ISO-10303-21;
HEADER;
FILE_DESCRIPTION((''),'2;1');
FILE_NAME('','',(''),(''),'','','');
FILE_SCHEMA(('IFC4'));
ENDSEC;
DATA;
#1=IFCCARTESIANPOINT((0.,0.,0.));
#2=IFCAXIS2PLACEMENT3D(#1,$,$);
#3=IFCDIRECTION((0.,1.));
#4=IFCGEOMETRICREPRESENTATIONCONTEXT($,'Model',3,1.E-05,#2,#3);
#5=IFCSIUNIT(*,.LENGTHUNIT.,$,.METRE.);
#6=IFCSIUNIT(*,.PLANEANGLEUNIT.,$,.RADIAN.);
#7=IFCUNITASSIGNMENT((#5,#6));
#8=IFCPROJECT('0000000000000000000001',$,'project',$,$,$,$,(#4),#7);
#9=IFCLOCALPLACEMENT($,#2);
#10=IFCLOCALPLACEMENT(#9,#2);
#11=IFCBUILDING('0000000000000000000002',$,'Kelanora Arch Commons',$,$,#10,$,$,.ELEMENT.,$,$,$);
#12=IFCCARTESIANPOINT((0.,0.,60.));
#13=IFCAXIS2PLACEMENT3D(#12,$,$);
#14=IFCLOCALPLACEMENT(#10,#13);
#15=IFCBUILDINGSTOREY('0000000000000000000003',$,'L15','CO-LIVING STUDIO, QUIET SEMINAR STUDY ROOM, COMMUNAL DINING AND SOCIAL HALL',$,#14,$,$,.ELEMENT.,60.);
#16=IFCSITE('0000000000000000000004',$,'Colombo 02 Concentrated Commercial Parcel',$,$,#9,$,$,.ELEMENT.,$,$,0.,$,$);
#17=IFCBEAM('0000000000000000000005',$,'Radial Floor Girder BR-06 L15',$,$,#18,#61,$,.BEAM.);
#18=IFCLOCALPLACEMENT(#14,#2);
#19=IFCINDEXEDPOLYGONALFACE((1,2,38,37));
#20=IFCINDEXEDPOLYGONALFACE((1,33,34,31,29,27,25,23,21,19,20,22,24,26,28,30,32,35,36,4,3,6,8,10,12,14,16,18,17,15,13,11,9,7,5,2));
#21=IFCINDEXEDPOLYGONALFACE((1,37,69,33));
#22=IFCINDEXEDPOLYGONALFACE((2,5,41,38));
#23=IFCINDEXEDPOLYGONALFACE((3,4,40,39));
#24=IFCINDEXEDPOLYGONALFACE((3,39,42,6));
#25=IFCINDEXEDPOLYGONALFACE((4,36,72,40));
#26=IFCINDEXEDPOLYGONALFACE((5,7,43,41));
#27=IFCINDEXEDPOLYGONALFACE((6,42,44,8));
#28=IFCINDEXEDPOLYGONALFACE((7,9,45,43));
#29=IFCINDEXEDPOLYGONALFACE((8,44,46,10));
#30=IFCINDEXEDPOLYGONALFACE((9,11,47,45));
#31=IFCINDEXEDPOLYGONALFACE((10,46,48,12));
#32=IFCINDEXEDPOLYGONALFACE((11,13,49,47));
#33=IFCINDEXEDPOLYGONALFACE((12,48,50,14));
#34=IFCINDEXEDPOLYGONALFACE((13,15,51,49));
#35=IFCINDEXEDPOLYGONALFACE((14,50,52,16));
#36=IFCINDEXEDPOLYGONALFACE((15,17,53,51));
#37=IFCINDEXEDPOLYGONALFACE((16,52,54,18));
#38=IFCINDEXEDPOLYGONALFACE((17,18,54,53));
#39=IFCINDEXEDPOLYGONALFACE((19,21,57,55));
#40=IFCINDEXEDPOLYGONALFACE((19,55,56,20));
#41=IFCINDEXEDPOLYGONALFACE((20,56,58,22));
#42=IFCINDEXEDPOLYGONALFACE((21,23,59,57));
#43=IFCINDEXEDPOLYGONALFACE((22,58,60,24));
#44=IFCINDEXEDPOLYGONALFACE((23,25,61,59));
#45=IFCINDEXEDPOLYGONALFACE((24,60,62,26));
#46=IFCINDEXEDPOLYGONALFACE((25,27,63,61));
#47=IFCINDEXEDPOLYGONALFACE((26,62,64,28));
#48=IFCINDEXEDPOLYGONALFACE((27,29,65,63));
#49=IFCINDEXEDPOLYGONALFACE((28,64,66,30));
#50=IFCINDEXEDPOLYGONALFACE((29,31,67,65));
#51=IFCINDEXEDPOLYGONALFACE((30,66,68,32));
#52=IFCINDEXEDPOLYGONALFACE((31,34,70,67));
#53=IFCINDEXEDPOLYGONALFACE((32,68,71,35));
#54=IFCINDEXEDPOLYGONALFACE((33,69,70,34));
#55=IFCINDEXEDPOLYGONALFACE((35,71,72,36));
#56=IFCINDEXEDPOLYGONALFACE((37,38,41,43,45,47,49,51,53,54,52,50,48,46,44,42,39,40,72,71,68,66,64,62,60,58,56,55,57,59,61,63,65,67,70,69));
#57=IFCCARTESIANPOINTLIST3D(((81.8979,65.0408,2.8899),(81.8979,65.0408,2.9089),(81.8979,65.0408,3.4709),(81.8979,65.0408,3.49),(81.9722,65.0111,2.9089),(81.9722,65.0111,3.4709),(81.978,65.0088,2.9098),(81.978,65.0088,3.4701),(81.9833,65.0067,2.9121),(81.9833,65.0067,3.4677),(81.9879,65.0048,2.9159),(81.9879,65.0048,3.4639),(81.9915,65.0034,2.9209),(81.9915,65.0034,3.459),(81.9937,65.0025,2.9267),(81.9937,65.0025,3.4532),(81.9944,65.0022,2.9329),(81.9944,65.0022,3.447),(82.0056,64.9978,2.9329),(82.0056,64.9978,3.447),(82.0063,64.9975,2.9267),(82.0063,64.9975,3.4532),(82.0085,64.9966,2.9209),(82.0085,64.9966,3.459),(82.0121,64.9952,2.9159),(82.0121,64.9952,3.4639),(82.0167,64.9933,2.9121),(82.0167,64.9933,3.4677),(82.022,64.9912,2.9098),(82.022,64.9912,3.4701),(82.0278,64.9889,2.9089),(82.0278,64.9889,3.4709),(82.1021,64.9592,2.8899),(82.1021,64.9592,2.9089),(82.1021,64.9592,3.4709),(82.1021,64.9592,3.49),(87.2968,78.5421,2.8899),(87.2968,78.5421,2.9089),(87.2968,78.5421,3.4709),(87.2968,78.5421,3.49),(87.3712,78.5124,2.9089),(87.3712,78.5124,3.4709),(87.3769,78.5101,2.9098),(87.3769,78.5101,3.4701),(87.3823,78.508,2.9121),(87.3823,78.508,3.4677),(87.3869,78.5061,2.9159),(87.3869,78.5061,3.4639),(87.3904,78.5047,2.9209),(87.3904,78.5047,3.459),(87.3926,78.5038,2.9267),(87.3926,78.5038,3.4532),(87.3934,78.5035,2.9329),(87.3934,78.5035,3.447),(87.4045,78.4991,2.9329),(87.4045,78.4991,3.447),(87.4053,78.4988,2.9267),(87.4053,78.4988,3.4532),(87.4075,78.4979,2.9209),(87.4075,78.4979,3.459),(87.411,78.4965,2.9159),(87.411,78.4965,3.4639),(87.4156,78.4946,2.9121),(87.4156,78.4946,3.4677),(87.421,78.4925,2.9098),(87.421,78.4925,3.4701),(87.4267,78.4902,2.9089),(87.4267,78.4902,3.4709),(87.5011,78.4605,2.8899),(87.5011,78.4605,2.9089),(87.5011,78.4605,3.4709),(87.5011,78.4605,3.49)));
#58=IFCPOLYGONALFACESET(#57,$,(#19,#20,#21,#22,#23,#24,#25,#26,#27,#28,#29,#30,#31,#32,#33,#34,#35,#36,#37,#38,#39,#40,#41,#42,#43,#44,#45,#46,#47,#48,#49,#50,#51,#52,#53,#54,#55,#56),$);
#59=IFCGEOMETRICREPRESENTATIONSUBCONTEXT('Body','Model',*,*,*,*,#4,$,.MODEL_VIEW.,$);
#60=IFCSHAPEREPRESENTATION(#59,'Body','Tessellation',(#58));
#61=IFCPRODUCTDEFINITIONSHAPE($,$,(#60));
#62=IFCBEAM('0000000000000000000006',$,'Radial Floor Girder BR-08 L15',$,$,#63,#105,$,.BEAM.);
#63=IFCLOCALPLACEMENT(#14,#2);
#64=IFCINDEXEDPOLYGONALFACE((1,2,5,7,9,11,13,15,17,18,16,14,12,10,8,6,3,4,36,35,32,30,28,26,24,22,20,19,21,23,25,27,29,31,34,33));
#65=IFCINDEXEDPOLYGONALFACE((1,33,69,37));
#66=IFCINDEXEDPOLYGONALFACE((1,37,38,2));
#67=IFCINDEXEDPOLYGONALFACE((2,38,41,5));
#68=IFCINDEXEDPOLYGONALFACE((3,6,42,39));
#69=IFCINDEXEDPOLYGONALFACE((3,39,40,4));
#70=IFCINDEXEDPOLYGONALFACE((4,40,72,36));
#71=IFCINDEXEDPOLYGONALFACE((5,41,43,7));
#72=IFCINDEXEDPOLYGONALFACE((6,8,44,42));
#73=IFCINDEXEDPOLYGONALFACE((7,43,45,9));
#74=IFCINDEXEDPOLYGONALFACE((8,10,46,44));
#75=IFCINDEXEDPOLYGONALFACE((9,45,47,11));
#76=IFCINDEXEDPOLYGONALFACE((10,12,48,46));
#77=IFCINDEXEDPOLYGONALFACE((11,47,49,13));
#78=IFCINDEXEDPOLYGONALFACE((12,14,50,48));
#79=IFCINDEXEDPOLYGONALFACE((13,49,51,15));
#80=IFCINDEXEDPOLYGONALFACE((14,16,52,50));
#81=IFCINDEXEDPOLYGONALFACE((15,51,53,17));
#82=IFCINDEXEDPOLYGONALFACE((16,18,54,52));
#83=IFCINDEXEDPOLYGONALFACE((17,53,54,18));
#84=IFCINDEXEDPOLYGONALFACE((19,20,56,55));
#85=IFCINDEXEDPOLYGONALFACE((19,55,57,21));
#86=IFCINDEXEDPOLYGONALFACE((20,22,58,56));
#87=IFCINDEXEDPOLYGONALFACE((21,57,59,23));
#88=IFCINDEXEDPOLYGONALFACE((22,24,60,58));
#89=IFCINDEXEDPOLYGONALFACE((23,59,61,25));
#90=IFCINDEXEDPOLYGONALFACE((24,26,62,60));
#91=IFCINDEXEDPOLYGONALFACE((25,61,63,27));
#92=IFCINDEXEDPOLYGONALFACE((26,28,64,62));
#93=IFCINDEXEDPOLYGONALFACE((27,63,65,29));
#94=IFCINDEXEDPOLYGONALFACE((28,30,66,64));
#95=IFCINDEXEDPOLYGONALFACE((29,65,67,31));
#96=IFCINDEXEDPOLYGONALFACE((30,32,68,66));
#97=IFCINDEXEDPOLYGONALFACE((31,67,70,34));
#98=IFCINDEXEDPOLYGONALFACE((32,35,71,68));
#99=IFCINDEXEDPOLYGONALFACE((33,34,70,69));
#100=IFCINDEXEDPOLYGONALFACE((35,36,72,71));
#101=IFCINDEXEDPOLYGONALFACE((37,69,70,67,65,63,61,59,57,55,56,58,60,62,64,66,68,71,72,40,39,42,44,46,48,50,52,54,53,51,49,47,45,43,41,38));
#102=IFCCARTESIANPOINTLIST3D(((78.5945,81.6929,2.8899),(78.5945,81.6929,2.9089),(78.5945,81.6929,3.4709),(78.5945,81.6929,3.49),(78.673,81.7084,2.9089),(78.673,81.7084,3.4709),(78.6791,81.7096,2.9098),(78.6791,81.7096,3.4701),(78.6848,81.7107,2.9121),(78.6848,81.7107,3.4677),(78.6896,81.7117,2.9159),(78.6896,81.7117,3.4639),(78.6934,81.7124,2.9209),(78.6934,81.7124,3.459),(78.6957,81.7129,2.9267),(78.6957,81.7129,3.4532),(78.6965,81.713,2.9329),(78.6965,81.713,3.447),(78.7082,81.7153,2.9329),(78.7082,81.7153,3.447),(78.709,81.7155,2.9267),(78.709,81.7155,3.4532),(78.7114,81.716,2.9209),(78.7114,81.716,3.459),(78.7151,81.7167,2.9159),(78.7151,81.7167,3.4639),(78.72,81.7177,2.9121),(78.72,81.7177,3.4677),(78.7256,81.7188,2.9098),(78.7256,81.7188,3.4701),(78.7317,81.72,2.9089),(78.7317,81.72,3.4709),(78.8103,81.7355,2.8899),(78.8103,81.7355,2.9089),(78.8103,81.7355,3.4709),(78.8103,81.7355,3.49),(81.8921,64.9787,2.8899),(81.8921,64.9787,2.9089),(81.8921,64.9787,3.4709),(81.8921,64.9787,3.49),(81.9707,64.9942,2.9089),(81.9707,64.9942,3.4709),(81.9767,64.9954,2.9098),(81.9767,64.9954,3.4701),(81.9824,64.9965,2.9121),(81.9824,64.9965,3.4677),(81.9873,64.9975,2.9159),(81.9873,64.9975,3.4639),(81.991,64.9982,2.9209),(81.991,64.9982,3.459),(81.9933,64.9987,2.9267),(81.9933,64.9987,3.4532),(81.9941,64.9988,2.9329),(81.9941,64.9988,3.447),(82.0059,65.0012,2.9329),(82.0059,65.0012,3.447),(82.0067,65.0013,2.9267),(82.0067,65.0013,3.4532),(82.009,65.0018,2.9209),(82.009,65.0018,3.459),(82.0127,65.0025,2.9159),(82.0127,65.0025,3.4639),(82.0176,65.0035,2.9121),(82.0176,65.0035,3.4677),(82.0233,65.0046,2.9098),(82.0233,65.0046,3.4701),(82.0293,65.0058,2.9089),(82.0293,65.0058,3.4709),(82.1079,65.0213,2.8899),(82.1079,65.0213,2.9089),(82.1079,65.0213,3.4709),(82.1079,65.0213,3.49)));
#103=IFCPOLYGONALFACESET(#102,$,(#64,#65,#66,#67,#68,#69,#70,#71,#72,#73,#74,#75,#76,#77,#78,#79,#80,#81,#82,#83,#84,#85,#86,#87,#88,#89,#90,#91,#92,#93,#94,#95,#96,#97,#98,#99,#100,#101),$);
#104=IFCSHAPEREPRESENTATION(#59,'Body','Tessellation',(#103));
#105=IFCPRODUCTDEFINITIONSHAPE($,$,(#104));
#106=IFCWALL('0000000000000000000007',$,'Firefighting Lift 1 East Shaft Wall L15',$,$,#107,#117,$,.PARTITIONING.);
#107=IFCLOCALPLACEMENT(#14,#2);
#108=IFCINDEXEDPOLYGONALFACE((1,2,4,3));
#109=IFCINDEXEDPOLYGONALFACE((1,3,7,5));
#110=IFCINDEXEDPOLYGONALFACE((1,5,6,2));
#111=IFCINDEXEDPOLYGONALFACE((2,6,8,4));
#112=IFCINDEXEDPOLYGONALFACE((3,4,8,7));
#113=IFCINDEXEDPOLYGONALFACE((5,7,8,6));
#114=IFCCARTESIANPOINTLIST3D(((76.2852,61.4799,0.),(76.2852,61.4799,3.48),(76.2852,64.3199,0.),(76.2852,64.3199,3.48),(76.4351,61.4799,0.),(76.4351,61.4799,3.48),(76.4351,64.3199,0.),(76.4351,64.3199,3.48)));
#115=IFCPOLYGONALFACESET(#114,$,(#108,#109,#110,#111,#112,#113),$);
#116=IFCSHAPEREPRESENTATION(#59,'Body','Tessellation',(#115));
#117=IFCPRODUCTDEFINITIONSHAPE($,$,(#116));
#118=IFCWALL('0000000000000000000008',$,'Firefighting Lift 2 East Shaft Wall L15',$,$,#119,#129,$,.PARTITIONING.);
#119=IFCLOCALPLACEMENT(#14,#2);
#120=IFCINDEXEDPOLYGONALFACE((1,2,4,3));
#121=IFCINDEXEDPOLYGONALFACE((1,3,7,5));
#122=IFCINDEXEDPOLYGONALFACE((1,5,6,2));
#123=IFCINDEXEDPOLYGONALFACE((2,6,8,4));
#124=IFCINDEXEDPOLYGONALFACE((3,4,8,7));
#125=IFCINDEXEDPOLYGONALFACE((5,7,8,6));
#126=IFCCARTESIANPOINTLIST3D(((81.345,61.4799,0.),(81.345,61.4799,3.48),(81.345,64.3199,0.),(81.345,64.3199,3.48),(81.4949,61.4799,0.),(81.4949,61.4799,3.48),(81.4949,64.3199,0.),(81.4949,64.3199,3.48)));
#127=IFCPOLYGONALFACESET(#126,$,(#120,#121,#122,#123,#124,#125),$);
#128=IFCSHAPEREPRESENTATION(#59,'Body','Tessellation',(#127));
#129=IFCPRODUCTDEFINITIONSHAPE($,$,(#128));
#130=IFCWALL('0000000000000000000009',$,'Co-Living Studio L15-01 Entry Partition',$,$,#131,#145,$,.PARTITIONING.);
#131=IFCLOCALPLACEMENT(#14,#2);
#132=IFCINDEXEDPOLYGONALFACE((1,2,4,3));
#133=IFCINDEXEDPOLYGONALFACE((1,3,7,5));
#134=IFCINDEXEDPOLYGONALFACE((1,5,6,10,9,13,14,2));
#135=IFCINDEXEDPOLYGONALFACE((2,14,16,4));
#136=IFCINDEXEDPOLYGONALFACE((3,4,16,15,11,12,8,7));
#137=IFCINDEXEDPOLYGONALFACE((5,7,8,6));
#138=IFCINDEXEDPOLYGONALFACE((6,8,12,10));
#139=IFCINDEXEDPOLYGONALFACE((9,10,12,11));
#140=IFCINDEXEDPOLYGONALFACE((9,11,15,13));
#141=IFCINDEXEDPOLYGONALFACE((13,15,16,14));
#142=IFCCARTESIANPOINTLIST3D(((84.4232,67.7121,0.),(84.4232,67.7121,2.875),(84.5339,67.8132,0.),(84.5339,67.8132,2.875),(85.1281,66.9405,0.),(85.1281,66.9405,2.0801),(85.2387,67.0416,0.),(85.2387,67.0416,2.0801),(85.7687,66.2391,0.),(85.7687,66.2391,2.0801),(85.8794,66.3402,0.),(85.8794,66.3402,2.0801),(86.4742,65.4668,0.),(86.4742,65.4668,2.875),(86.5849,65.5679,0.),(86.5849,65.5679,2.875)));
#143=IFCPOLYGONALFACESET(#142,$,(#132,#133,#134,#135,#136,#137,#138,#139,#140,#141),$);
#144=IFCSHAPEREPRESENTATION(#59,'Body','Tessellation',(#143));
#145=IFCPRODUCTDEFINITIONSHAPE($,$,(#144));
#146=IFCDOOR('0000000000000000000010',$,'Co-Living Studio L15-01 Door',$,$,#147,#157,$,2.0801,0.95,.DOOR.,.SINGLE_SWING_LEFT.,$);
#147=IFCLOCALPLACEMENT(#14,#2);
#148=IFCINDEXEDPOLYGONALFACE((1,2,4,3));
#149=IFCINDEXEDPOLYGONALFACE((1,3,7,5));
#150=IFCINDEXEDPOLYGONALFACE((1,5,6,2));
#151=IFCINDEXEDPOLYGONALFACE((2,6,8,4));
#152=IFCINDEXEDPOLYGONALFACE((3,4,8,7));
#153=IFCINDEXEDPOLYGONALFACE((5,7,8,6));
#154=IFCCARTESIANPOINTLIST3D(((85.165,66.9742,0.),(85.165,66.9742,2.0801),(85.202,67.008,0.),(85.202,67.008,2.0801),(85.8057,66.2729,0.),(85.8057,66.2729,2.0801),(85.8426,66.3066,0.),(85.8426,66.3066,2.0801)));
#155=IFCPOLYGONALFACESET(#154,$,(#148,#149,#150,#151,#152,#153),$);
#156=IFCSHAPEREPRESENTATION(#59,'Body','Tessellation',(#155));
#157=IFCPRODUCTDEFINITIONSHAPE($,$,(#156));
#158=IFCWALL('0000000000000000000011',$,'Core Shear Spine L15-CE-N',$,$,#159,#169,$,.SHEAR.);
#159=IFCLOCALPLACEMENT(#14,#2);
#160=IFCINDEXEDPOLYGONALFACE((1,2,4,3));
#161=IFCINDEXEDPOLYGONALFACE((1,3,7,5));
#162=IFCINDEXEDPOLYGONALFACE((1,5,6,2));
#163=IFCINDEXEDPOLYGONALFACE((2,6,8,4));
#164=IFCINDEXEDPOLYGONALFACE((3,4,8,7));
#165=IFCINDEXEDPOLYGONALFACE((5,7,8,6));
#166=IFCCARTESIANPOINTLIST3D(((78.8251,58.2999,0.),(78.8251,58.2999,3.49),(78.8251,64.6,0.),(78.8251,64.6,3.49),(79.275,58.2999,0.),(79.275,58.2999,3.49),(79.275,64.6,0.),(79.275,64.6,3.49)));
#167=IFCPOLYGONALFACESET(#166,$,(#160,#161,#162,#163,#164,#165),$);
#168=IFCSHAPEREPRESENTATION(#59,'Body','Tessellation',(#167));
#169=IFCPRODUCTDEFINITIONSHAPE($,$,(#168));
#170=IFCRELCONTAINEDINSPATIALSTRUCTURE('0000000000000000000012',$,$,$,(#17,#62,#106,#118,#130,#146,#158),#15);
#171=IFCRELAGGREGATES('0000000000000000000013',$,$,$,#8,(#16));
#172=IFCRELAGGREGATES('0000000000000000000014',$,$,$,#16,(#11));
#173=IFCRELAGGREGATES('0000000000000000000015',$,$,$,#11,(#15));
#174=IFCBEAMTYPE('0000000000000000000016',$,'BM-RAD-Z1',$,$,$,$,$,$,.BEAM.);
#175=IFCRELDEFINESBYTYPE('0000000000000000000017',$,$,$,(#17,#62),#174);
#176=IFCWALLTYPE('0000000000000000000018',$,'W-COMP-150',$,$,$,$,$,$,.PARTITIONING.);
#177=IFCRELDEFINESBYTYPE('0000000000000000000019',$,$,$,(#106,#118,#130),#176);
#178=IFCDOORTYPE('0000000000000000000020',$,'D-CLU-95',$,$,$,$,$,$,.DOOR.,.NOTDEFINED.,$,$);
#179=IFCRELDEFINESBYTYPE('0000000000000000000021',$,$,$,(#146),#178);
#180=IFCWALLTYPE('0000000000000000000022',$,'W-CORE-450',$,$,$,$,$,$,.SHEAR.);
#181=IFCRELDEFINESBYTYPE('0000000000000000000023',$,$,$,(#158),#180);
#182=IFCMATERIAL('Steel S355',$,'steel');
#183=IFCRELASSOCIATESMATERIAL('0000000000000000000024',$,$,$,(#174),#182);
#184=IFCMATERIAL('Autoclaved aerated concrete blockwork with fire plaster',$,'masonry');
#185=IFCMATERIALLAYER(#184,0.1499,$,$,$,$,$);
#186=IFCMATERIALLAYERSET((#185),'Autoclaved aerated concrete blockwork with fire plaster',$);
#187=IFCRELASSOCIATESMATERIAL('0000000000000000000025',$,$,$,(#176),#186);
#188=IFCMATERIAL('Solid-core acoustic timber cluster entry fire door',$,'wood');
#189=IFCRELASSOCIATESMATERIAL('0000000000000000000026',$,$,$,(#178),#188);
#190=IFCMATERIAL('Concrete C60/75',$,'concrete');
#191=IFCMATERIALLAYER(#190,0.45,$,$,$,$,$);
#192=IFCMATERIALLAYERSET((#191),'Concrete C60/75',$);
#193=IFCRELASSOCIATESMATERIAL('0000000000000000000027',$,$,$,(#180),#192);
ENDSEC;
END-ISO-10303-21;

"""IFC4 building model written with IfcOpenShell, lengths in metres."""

from ifc_helpers import new_model, si_unit, direction, frame, frame_2d, origin, origin_2d, place, context, subcontext, project, spatial, rectangle, i_section, extrude, material, layer, layer_set, material_profile, profile_set, type_object, element, fill, save


model = new_model("IFC4")

# Units and contexts
model_context = context("Model", 3, precision=1e-05, world=origin(), true_north=direction((0.0, 1.0)))
body_context = subcontext(model_context, "Body", "Model", "MODEL_VIEW")
ifc_project = project(units=[si_unit("LENGTHUNIT", "METRE"), si_unit("PLANEANGLEUNIT", "RADIAN")], contexts=[model_context])

# Site, building, storey
site_placement = place(None, origin())
site = spatial("IfcSite", under=ifc_project, at=site_placement, Name="Colombo 02 Concentrated Commercial Parcel", CompositionType="ELEMENT", RefElevation=0.0)
building_placement = place(site_placement, origin())
building = spatial("IfcBuilding", under=site, at=building_placement, Name="Kelanora Arch Commons", CompositionType="ELEMENT")
storey_placement = place(building_placement, frame((0.0, 0.0, 60.0)))
storey = spatial("IfcBuildingStorey", under=building, at=storey_placement, Name="L15", Description="CO-LIVING STUDIO, QUIET SEMINAR STUDY ROOM, COMMUNAL DINING AND SOCIAL HALL", CompositionType="ELEMENT", Elevation=60.0)

# Shared definitions
ifc_material_1 = material(Name="Concrete C60/75", Category="concrete")

# Beams
ifc_material_2 = material(Name="Steel S355", Category="steel")
ifc_material_profile_1 = material_profile(ifc_material_2, i_section(OverallWidth=0.22, OverallDepth=0.6001, WebThickness=0.012, FlangeThickness=0.019, FilletRadius=0.0239, at=origin_2d()), Name="IPE600")
ifc_profile_set_1 = profile_set([ifc_material_profile_1], Name="Steel S355")
beam_type_1 = type_object("IfcBeamType", Name="BM-RAD-Z1", PredefinedType="BEAM", material=ifc_profile_set_1)
beam_1_placement = place(storey_placement, frame((82.0, 65.0, 3.1899), z_axis=(0.371298, 0.928514, 0.0), x_axis=(-0.928514, 0.371298, 0.0)))
element("IfcBeam", 1, at=beam_1_placement, inside=storey, type_object=beam_type_1, Name="Radial Floor Girder BR-06 L15", PredefinedType="BEAM", context=body_context, shape_type="SweptSolid", body=[
    extrude(i_section(OverallWidth=0.22, OverallDepth=0.6001, WebThickness=0.012, FlangeThickness=0.019, FilletRadius=0.0239, at=origin_2d()), origin(), (0.0, 0.0, 1.0), 14.5408),
])
beam_2_placement = place(storey_placement, frame((82.0, 65.0, 3.1899), z_axis=(-0.193564, 0.981088, 0.0), x_axis=(-0.981088, -0.193564, 0.0)))
element("IfcBeam", 2, at=beam_2_placement, inside=storey, type_object=beam_type_1, Name="Radial Floor Girder BR-08 L15", PredefinedType="BEAM", context=body_context, shape_type="SweptSolid", body=[
    extrude(i_section(OverallWidth=0.22, OverallDepth=0.6001, WebThickness=0.012, FlangeThickness=0.019, FilletRadius=0.0239, at=origin_2d()), origin(), (0.0, 0.0, 1.0), 17.0364),
])

# Walls
ifc_material_3 = material(Name="Autoclaved aerated concrete blockwork with fire plaster", Category="masonry")
ifc_layer_1 = layer(ifc_material_3, 0.1499)
ifc_layer_set_1 = layer_set([ifc_layer_1], Name="Autoclaved aerated concrete blockwork with fire plaster")
wall_type_1 = type_object("IfcWallType", Name="W-COMP-150", PredefinedType="PARTITIONING", material=ifc_layer_set_1)
for number, where, z_axis, x_axis, name in (
    (3, (76.3601, 61.48, 0.0), (0.0, 0.0, 1.0), (0.0, 1.0, 0.0), "Firefighting Lift 1 East Shaft Wall L15"),
    (4, (81.4199, 61.48, 0.0), (0.0, 0.0, 1.0), (0.0, 1.0, 0.0), "Firefighting Lift 2 East Shaft Wall L15"),
):
    element("IfcWall", number, at=place(storey_placement, frame(where, z_axis=z_axis, x_axis=x_axis)), inside=storey, type_object=wall_type_1, Name=name, PredefinedType="PARTITIONING", context=body_context, shape_type="SweptSolid", body=[
        extrude(rectangle(XDim=2.8401, YDim=0.1499, at=frame_2d((1.4199, 0.0))), origin(), (0.0, 0.0, 1.0), 3.48),
    ])

# Wall, opening, door
wall_1_placement = place(storey_placement, frame((86.5295, 65.5173, 0.0), z_axis=(0.0, 0.0, 1.0), x_axis=(-0.674433, 0.738336, 0.0)))
wall_1 = element("IfcWall", 5, at=wall_1_placement, inside=storey, type_object=wall_type_1, Name="Co-Living Studio L15-01 Entry Partition", PredefinedType="PARTITIONING", context=body_context, shape_type="SweptSolid", body=[
    extrude(rectangle(XDim=3.041, YDim=0.1499, at=frame_2d((1.5205, 0.0))), origin(), (0.0, 0.0, 1.0), 2.875),
])
opening_1_placement = place(wall_1_placement, frame((1.0459, 0.0, 0.0)))
opening_1 = element("IfcOpeningElement", 6, at=opening_1_placement, cuts=wall_1, PredefinedType="OPENING", context=body_context, shape_type="SweptSolid", body=[
    extrude(rectangle(XDim=0.95, YDim=2.0801, at=frame_2d((0.4751, 1.04))), frame((0.0, 0.085, 0.0), z_axis=(0.0, -1.0, 0.0), x_axis=(1.0, 0.0, 0.0)), (0.0, 0.0, 1.0), 0.1699),
])
ifc_material_4 = material(Name="Solid-core acoustic timber cluster entry fire door", Category="wood")
door_type_1 = type_object("IfcDoorType", Name="D-CLU-95", OperationType="NOTDEFINED", PredefinedType="DOOR", material=ifc_material_4)
door_1_placement = place(opening_1_placement, origin())
door_1 = element("IfcDoor", 7, at=door_1_placement, inside=storey, type_object=door_type_1, Name="Co-Living Studio L15-01 Door", OperationType="SINGLE_SWING_LEFT", OverallHeight=2.0801, OverallWidth=0.95, PredefinedType="DOOR", context=body_context, shape_type="SweptSolid", body=[
    extrude(rectangle(XDim=0.95, YDim=2.0801, at=frame_2d((0.4751, 1.04))), frame((0.0, 0.0249, 0.0), z_axis=(0.0, -1.0, 0.0), x_axis=(1.0, 0.0, 0.0)), (0.0, 0.0, 1.0), 0.05),
])
fill(opening_1, door_1)

# Wall
ifc_layer_2 = layer(ifc_material_1, 0.45)
ifc_layer_set_2 = layer_set([ifc_layer_2], Name="Concrete C60/75")
wall_type_2 = type_object("IfcWallType", Name="W-CORE-450", PredefinedType="SHEAR", material=ifc_layer_set_2)
wall_2_placement = place(storey_placement, frame((79.05, 58.3, 0.0), z_axis=(0.0, 0.0, 1.0), x_axis=(0.0, 1.0, 0.0)))
element("IfcWall", 8, at=wall_2_placement, inside=storey, type_object=wall_type_2, Name="Core Shear Spine L15-CE-N", PredefinedType="SHEAR", context=body_context, shape_type="SweptSolid", body=[
    extrude(rectangle(XDim=6.3, YDim=0.45, at=frame_2d((3.1499, 0.0))), origin(), (0.0, 0.0, 1.0), 3.49),
])

save(model, "model.ifc")
